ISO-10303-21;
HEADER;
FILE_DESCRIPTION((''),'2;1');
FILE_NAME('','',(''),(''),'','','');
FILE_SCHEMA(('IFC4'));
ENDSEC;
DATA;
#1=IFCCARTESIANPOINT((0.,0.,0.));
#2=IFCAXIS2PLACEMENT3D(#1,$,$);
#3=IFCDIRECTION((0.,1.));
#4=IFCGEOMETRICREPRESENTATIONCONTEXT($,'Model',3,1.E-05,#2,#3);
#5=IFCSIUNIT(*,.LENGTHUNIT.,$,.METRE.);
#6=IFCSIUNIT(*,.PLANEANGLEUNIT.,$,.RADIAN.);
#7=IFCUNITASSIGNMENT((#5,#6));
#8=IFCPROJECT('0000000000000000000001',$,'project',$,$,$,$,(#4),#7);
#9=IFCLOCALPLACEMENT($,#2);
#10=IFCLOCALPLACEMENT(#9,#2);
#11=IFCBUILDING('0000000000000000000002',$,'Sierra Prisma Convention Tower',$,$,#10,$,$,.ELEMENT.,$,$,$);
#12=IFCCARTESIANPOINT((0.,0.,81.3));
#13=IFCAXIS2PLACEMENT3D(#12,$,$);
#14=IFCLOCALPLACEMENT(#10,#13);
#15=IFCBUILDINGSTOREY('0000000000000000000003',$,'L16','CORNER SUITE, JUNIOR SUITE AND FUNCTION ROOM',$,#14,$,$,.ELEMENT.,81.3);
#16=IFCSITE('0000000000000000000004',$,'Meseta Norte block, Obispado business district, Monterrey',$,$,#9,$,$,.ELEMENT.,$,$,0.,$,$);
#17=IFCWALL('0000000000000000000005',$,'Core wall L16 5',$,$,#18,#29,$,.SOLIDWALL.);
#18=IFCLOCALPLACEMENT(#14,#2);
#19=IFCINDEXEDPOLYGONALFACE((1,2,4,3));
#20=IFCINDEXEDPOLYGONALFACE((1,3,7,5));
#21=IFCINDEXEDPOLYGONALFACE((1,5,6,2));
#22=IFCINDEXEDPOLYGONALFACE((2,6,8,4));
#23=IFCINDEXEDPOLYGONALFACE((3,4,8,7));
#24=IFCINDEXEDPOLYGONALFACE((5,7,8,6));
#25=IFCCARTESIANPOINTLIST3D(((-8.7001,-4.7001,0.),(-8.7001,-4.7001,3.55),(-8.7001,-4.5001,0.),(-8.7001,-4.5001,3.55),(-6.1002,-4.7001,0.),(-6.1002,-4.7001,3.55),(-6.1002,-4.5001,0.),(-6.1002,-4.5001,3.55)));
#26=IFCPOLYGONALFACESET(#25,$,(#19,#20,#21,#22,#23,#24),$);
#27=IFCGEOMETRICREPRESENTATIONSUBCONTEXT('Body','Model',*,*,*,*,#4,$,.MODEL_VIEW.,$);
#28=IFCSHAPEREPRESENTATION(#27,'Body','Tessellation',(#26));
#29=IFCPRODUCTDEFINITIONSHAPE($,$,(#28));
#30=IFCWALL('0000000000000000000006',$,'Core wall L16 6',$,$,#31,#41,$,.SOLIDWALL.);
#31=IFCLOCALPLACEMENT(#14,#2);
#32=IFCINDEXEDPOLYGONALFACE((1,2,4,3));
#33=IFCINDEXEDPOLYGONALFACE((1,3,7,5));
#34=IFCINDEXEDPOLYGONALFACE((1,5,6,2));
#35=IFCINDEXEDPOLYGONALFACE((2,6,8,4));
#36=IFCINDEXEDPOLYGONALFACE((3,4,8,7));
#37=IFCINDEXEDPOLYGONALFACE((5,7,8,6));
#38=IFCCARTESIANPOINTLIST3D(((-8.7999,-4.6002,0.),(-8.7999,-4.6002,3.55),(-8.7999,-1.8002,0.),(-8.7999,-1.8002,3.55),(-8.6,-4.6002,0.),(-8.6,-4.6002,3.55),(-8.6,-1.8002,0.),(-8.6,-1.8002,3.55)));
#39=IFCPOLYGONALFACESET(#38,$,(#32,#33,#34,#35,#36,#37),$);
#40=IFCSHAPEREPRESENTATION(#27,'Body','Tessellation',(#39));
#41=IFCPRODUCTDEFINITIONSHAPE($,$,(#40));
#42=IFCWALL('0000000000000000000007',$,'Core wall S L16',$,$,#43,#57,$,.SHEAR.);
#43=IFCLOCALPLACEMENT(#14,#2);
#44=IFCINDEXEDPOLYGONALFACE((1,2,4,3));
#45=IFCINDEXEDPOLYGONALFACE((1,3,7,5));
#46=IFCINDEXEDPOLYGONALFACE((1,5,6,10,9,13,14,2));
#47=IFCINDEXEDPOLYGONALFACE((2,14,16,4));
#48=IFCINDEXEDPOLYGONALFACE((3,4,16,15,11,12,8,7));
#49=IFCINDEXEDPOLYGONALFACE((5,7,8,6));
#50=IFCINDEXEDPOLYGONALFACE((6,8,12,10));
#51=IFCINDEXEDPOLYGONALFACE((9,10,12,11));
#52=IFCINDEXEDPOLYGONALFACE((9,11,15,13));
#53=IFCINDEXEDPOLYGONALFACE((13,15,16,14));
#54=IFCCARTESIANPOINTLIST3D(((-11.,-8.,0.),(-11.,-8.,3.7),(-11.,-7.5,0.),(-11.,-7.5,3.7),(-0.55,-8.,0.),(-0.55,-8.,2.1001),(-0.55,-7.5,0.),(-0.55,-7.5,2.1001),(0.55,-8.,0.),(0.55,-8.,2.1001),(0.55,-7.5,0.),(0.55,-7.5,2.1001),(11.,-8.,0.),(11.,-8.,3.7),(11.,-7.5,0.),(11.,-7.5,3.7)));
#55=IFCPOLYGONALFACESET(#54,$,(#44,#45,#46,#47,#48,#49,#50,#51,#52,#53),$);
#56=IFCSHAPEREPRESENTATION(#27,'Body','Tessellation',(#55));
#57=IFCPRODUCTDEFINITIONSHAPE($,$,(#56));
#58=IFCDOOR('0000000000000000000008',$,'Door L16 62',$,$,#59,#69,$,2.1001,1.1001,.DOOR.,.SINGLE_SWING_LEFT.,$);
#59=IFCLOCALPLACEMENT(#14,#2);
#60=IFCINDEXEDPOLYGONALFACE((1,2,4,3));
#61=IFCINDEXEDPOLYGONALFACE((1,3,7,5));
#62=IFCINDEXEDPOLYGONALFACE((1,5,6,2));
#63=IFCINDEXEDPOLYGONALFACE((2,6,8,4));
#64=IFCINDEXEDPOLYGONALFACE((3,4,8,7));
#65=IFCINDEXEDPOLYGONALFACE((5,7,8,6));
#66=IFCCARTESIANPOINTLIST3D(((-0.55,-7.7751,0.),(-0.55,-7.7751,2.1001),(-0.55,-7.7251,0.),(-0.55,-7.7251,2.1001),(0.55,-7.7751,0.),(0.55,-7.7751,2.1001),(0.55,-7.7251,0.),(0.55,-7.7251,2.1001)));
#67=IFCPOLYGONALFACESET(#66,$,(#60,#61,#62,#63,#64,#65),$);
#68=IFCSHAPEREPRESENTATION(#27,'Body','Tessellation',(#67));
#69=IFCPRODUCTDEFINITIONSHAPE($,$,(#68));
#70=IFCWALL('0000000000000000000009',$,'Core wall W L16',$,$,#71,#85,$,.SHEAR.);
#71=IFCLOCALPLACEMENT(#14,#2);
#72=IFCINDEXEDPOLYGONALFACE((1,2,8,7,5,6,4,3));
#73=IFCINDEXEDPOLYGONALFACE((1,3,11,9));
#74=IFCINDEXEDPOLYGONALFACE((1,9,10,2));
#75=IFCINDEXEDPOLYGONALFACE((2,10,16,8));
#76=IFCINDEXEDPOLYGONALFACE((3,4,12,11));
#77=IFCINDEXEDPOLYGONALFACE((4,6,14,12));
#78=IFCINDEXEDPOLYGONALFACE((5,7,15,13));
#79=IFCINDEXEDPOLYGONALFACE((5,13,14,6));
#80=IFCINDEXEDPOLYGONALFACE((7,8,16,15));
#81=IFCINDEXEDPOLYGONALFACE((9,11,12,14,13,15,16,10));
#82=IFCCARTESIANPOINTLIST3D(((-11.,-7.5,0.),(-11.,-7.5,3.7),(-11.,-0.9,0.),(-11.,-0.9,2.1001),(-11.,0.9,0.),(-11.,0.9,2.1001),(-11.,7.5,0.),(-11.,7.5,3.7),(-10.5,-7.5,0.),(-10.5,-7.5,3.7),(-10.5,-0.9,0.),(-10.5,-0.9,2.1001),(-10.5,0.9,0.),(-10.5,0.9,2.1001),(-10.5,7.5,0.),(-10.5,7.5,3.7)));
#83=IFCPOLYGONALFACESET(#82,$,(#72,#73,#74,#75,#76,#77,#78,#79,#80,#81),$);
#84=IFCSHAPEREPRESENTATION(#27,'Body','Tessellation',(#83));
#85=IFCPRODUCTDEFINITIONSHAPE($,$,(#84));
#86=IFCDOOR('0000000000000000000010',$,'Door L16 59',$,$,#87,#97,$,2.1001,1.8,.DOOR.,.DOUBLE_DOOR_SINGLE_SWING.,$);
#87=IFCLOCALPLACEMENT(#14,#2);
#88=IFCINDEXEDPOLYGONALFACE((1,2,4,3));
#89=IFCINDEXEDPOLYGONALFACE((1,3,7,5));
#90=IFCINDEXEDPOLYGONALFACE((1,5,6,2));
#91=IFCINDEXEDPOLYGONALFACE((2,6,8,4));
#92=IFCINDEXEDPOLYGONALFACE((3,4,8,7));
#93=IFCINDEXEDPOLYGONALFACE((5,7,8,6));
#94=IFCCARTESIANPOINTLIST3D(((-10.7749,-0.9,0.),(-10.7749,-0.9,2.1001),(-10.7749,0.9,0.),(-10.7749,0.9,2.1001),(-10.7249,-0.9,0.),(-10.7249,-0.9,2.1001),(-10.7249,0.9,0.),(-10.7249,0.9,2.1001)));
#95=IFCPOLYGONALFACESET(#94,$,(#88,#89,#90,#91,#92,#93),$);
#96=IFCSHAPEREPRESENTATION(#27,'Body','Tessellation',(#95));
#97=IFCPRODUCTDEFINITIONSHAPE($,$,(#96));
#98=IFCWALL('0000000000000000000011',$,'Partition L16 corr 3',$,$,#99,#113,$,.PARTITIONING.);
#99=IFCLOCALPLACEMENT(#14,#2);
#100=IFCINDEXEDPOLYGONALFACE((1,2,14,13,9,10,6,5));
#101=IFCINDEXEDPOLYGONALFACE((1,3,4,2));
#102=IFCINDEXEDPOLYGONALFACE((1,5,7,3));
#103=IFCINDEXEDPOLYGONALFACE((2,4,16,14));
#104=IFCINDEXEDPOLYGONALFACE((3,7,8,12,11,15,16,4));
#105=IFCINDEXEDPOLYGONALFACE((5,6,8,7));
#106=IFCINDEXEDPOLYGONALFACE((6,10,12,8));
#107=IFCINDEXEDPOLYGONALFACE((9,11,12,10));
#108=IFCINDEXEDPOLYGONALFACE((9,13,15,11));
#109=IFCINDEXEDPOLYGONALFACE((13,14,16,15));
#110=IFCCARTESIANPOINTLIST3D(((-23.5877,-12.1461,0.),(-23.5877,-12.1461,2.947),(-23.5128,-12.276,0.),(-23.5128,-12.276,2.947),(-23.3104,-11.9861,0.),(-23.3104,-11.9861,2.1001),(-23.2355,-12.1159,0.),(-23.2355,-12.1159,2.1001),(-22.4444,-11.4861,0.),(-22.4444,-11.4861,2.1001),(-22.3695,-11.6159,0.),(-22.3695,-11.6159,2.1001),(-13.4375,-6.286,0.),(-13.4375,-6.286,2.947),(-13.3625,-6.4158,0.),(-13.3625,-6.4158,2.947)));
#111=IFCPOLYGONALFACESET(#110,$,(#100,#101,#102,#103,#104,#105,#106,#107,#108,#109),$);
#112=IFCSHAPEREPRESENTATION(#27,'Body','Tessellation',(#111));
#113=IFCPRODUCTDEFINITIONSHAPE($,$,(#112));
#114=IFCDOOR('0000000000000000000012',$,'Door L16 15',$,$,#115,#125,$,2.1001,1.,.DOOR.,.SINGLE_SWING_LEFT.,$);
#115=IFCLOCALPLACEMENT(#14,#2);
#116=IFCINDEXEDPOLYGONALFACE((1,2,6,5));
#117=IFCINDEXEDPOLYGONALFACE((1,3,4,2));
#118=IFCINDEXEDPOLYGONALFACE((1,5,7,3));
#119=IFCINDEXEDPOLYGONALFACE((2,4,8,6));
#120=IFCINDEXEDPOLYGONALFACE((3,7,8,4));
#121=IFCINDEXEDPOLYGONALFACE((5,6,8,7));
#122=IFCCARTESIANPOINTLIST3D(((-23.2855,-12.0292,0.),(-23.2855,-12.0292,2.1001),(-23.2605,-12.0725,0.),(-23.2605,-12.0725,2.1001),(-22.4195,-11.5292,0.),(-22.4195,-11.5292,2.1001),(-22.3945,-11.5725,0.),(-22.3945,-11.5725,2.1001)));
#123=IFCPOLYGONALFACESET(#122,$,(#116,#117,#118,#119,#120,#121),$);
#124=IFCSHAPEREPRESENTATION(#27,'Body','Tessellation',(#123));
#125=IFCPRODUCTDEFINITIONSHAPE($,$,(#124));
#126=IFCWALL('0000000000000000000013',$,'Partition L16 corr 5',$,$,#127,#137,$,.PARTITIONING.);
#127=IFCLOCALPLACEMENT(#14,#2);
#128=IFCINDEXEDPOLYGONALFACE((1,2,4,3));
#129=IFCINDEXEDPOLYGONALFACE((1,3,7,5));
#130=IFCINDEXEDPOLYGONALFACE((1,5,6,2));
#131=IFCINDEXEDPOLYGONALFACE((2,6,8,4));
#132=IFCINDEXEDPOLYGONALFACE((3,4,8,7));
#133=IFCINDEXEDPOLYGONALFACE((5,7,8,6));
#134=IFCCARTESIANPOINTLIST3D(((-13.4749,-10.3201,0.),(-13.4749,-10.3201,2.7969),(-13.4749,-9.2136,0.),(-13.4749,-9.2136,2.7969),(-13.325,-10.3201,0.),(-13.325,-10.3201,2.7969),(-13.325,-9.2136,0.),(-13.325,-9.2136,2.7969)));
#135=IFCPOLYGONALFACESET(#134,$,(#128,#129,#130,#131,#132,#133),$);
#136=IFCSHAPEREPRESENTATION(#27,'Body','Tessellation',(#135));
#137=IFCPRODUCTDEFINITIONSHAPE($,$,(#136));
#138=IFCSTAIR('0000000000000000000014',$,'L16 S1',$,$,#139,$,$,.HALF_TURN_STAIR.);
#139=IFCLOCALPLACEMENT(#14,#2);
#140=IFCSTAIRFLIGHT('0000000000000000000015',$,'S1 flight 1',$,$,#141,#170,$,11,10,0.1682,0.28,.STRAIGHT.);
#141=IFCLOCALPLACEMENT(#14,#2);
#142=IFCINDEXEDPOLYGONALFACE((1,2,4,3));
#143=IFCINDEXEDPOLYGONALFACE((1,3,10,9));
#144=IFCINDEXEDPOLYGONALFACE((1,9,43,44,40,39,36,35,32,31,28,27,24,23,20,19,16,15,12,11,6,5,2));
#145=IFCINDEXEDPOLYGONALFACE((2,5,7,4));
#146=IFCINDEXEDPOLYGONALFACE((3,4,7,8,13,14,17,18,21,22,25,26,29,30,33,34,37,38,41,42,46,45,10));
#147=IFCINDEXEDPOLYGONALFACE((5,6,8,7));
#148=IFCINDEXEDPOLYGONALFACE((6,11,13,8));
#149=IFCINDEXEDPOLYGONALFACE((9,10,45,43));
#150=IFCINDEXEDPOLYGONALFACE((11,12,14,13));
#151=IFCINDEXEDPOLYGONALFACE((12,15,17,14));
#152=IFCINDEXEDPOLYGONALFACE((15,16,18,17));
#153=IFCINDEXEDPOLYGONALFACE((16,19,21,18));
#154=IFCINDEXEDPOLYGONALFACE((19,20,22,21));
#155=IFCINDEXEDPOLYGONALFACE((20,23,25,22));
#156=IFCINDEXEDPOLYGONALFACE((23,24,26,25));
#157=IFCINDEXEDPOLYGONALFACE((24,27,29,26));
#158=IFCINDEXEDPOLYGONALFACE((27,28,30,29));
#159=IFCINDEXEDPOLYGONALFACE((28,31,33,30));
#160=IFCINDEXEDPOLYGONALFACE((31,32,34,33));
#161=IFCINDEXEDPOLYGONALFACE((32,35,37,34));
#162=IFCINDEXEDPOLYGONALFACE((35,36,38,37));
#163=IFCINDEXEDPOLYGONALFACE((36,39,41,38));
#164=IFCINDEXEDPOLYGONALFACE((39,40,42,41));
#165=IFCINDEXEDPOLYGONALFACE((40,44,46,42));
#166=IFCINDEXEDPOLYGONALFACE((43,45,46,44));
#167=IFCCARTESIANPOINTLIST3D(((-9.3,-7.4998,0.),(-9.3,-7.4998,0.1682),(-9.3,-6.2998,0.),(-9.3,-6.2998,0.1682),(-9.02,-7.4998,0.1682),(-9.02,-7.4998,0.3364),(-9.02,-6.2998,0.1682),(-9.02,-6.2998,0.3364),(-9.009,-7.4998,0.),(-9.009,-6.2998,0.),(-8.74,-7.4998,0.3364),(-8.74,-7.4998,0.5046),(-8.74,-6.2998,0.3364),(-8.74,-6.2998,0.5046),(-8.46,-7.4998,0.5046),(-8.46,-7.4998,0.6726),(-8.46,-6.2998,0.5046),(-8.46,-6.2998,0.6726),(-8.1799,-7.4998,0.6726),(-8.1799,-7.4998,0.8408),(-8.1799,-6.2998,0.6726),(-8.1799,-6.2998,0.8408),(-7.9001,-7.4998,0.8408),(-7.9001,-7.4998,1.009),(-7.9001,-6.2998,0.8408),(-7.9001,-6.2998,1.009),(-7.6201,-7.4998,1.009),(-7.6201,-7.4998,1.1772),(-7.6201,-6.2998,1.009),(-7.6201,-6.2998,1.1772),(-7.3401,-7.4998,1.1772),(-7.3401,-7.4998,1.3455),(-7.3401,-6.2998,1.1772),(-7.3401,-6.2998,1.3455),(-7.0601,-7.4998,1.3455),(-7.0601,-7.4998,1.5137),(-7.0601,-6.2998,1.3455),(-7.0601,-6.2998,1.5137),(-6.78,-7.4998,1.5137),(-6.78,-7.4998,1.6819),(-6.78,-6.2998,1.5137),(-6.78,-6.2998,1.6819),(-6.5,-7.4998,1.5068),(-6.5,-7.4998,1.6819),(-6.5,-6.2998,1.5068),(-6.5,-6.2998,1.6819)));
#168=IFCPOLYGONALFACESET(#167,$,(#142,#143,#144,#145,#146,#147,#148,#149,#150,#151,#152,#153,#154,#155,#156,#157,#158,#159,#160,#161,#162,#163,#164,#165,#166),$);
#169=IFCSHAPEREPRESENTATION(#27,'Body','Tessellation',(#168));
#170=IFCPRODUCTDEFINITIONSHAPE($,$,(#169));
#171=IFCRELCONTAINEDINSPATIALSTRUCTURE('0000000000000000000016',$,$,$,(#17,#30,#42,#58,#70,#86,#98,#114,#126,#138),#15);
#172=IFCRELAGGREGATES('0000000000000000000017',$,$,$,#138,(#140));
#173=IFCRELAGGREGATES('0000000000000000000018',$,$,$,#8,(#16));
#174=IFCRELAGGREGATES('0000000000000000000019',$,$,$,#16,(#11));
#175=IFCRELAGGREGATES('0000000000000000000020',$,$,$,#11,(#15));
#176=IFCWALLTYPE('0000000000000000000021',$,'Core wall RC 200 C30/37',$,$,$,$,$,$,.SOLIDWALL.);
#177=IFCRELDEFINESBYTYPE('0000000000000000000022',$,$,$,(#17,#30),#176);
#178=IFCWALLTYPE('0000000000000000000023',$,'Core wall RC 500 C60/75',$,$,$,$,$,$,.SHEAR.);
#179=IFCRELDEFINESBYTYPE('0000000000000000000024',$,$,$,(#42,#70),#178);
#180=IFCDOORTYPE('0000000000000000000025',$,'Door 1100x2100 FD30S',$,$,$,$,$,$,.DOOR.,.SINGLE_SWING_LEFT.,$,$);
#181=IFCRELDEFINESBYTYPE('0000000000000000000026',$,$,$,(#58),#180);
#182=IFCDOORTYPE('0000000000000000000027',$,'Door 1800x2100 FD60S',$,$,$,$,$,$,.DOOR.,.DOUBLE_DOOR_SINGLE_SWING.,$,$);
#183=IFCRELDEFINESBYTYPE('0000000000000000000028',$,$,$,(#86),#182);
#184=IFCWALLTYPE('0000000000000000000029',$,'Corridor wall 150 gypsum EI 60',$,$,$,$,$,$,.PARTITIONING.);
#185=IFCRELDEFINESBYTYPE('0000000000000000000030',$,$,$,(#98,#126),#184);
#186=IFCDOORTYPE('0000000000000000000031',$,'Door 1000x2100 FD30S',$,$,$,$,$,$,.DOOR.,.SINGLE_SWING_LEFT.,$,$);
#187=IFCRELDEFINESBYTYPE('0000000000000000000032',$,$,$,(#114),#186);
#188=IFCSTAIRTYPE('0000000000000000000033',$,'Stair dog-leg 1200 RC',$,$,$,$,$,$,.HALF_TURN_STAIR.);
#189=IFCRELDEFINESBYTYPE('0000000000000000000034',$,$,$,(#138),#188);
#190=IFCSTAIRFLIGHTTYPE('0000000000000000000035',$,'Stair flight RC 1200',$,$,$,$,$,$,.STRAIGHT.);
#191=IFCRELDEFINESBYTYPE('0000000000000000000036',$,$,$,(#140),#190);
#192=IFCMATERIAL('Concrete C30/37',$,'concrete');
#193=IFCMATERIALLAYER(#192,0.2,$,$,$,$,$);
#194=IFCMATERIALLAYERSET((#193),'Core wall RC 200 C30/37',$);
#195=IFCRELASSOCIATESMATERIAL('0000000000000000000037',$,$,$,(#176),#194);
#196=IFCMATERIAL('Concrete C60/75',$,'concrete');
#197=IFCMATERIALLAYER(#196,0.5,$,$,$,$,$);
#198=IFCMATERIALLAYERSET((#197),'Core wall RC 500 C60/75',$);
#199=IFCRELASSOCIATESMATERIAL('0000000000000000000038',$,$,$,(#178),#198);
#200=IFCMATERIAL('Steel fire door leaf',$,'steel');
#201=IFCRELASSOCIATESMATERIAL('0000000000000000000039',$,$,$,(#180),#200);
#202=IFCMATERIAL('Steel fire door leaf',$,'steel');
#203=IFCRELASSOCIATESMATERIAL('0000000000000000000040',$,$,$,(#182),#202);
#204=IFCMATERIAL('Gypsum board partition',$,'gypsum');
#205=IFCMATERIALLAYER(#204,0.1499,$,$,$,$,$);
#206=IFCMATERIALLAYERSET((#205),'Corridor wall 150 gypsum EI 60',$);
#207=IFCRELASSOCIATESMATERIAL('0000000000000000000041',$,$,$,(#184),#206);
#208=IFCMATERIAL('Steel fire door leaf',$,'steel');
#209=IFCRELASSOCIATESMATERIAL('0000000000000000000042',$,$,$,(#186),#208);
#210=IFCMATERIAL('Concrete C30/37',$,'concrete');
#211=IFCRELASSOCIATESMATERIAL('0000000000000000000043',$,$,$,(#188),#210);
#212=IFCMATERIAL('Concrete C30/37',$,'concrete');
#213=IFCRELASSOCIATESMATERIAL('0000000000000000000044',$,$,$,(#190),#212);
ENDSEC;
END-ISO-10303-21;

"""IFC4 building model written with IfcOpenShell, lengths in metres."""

from ifc_helpers import new_model, si_unit, direction, frame, frame_2d, origin, place, context, subcontext, project, spatial, polyline, rectangle, outline, extrude, material, layer, layer_set, type_object, element, fill, aggregate, save


model = new_model("IFC4")

# Units and contexts
model_context = context("Model", 3, precision=1e-05, world=origin(), true_north=direction((0.0, 1.0)))
body_context = subcontext(model_context, "Body", "Model", "MODEL_VIEW")
ifc_project = project(units=[si_unit("LENGTHUNIT", "METRE"), si_unit("PLANEANGLEUNIT", "RADIAN")], contexts=[model_context])

# Site, building, storey
site_placement = place(None, origin())
site = spatial("IfcSite", under=ifc_project, at=site_placement, Name="Meseta Norte block, Obispado business district, Monterrey", CompositionType="ELEMENT", RefElevation=0.0)
building_placement = place(site_placement, origin())
building = spatial("IfcBuilding", under=site, at=building_placement, Name="Sierra Prisma Convention Tower", CompositionType="ELEMENT")
storey_placement = place(building_placement, frame((0.0, 0.0, 81.3)))
storey = spatial("IfcBuildingStorey", under=building, at=storey_placement, Name="L16", Description="CORNER SUITE, JUNIOR SUITE AND FUNCTION ROOM", CompositionType="ELEMENT", Elevation=81.3)

# Shared definitions
ifc_material_1 = material(Name="Concrete C30/37", Category="concrete")
ifc_layer_1 = layer(ifc_material_1, 0.2)
ifc_layer_set_1 = layer_set([ifc_layer_1], Name="Core wall RC 200 C30/37")
wall_type_1 = type_object("IfcWallType", Name="Core wall RC 200 C30/37", PredefinedType="SOLIDWALL", material=ifc_layer_set_1)

# Walls
wall_1_placement = place(storey_placement, frame((-8.7, -4.6001, 0.0), z_axis=(0.0, 0.0, 1.0), x_axis=(1.0, 0.0, 0.0)))
element("IfcWall", 1, at=wall_1_placement, inside=storey, type_object=wall_type_1, Name="Core wall L16 5", PredefinedType="SOLIDWALL", context=body_context, shape_type="SweptSolid", body=[
    extrude(rectangle(XDim=2.5999, YDim=0.2, at=frame_2d((1.2998, 0.0))), origin(), (0.0, 0.0, 1.0), 3.55),
])
wall_2_placement = place(storey_placement, frame((-8.7, -4.6001, 0.0), z_axis=(0.0, 0.0, 1.0), x_axis=(0.0, 1.0, 0.0)))
element("IfcWall", 2, at=wall_2_placement, inside=storey, type_object=wall_type_1, Name="Core wall L16 6", PredefinedType="SOLIDWALL", context=body_context, shape_type="SweptSolid", body=[
    extrude(rectangle(XDim=2.8, YDim=0.2, at=frame_2d((1.3999, 0.0))), origin(), (0.0, 0.0, 1.0), 3.55),
])

# Walls, openings, doors
ifc_material_2 = material(Name="Concrete C60/75", Category="concrete")
ifc_layer_2 = layer(ifc_material_2, 0.5)
ifc_layer_set_2 = layer_set([ifc_layer_2], Name="Core wall RC 500 C60/75")
wall_type_2 = type_object("IfcWallType", Name="Core wall RC 500 C60/75", PredefinedType="SHEAR", material=ifc_layer_set_2)
wall_3_placement = place(storey_placement, frame((-11.0, -7.75, 0.0), z_axis=(0.0, 0.0, 1.0), x_axis=(1.0, 0.0, 0.0)))
wall_3 = element("IfcWall", 3, at=wall_3_placement, inside=storey, type_object=wall_type_2, Name="Core wall S L16", PredefinedType="SHEAR", context=body_context, shape_type="SweptSolid", body=[
    extrude(rectangle(XDim=22.0, YDim=0.5, at=frame_2d((11.0, 0.0))), origin(), (0.0, 0.0, 1.0), 3.7),
])
opening_1_placement = place(wall_3_placement, frame((10.45, 0.0, 0.0)))
opening_1 = element("IfcOpeningElement", 4, at=opening_1_placement, cuts=wall_3, PredefinedType="OPENING", context=body_context, shape_type="SweptSolid", body=[
    extrude(rectangle(XDim=1.1001, YDim=2.1001, at=frame_2d((0.55, 1.05))), frame((0.0, 0.25, 0.0), z_axis=(0.0, -1.0, 0.0), x_axis=(1.0, 0.0, 0.0)), (0.0, 0.0, 1.0), 0.5),
])
ifc_material_3 = material(Name="Steel fire door leaf", Category="steel")
door_type_1 = type_object("IfcDoorType", Name="Door 1100x2100 FD30S", OperationType="SINGLE_SWING_LEFT", PredefinedType="DOOR", material=ifc_material_3)
door_1_placement = place(opening_1_placement, origin())
door_1 = element("IfcDoor", 5, at=door_1_placement, inside=storey, type_object=door_type_1, Name="Door L16 62", OperationType="SINGLE_SWING_LEFT", OverallHeight=2.1001, OverallWidth=1.1001, PredefinedType="DOOR", context=body_context, shape_type="SweptSolid", body=[
    extrude(rectangle(XDim=1.1001, YDim=2.1001, at=frame_2d((0.55, 1.05))), frame((0.0, 0.0249, 0.0), z_axis=(0.0, -1.0, 0.0), x_axis=(1.0, 0.0, 0.0)), (0.0, 0.0, 1.0), 0.05),
])
fill(opening_1, door_1)
wall_4_placement = place(storey_placement, frame((-10.75, -7.5, 0.0), z_axis=(0.0, 0.0, 1.0), x_axis=(0.0, 1.0, 0.0)))
wall_4 = element("IfcWall", 6, at=wall_4_placement, inside=storey, type_object=wall_type_2, Name="Core wall W L16", PredefinedType="SHEAR", context=body_context, shape_type="SweptSolid", body=[
    extrude(rectangle(XDim=15.0, YDim=0.5, at=frame_2d((7.5, 0.0))), origin(), (0.0, 0.0, 1.0), 3.7),
])
opening_2_placement = place(wall_4_placement, frame((6.6001, 0.0, 0.0)))
opening_2 = element("IfcOpeningElement", 7, at=opening_2_placement, cuts=wall_4, PredefinedType="OPENING", context=body_context, shape_type="SweptSolid", body=[
    extrude(rectangle(XDim=1.8, YDim=2.1001, at=frame_2d((0.8999, 1.05))), frame((0.0, 0.25, 0.0), z_axis=(0.0, -1.0, 0.0), x_axis=(1.0, 0.0, 0.0)), (0.0, 0.0, 1.0), 0.5),
])
ifc_material_4 = material(Name="Steel fire door leaf", Category="steel")
door_type_2 = type_object("IfcDoorType", Name="Door 1800x2100 FD60S", OperationType="DOUBLE_DOOR_SINGLE_SWING", PredefinedType="DOOR", material=ifc_material_4)
door_2_placement = place(opening_2_placement, origin())
door_2 = element("IfcDoor", 8, at=door_2_placement, inside=storey, type_object=door_type_2, Name="Door L16 59", OperationType="DOUBLE_DOOR_SINGLE_SWING", OverallHeight=2.1001, OverallWidth=1.8, PredefinedType="DOOR", context=body_context, shape_type="SweptSolid", body=[
    extrude(rectangle(XDim=1.8, YDim=2.1001, at=frame_2d((0.8999, 1.05))), frame((0.0, 0.0249, 0.0), z_axis=(0.0, -1.0, 0.0), x_axis=(1.0, 0.0, 0.0)), (0.0, 0.0, 1.0), 0.05),
])
fill(opening_2, door_2)
ifc_material_5 = material(Name="Gypsum board partition", Category="gypsum")
ifc_layer_3 = layer(ifc_material_5, 0.1499)
ifc_layer_set_3 = layer_set([ifc_layer_3], Name="Corridor wall 150 gypsum EI 60")
wall_type_3 = type_object("IfcWallType", Name="Corridor wall 150 gypsum EI 60", PredefinedType="PARTITIONING", material=ifc_layer_set_3)
wall_5_placement = place(storey_placement, frame((-13.3999, -6.3508, 0.0), z_axis=(0.0, 0.0, 1.0), x_axis=(-0.866028, -0.499995, 0.0)))
wall_5 = element("IfcWall", 9, at=wall_5_placement, inside=storey, type_object=wall_type_3, Name="Partition L16 corr 3", PredefinedType="PARTITIONING", context=body_context, shape_type="SweptSolid", body=[
    extrude(rectangle(XDim=11.7205, YDim=0.1499, at=frame_2d((5.8604, 0.0))), origin(), (0.0, 0.0, 1.0), 2.947),
])
opening_3_placement = place(wall_5_placement, frame((10.4004, 0.0, 0.0)))
opening_3 = element("IfcOpeningElement", 10, at=opening_3_placement, cuts=wall_5, PredefinedType="OPENING", context=body_context, shape_type="SweptSolid", body=[
    extrude(rectangle(XDim=1.0, YDim=2.1001, at=frame_2d((0.5, 1.05))), frame((0.0, 0.075, 0.0), z_axis=(0.0, -1.0, 0.0), x_axis=(1.0, 0.0, 0.0)), (0.0, 0.0, 1.0), 0.1499),
])
ifc_material_6 = material(Name="Steel fire door leaf", Category="steel")
door_type_3 = type_object("IfcDoorType", Name="Door 1000x2100 FD30S", OperationType="SINGLE_SWING_LEFT", PredefinedType="DOOR", material=ifc_material_6)
door_3_placement = place(opening_3_placement, origin())
door_3 = element("IfcDoor", 11, at=door_3_placement, inside=storey, type_object=door_type_3, Name="Door L16 15", OperationType="SINGLE_SWING_LEFT", OverallHeight=2.1001, OverallWidth=1.0, PredefinedType="DOOR", context=body_context, shape_type="SweptSolid", body=[
    extrude(rectangle(XDim=1.0, YDim=2.1001, at=frame_2d((0.5, 1.05))), frame((0.0, 0.0249, 0.0), z_axis=(0.0, -1.0, 0.0), x_axis=(1.0, 0.0, 0.0)), (0.0, 0.0, 1.0), 0.05),
])
fill(opening_3, door_3)

# Wall
wall_6_placement = place(storey_placement, frame((-13.3999, -9.2136, 0.0), z_axis=(0.0, 0.0, 1.0), x_axis=(0.0, -1.0, 0.0)))
element("IfcWall", 12, at=wall_6_placement, inside=storey, type_object=wall_type_3, Name="Partition L16 corr 5", PredefinedType="PARTITIONING", context=body_context, shape_type="SweptSolid", body=[
    extrude(rectangle(XDim=1.1064, YDim=0.1499, at=frame_2d((0.5532, 0.0))), origin(), (0.0, 0.0, 1.0), 2.7969),
])

# Stair, stair flight
ifc_material_7 = material(Name="Concrete C30/37", Category="concrete")
stair_type = type_object("IfcStairType", Name="Stair dog-leg 1200 RC", PredefinedType="HALF_TURN_STAIR", material=ifc_material_7)
stair_placement = place(storey_placement, origin())
stair = element("IfcStair", 13, at=stair_placement, inside=storey, type_object=stair_type, Name="L16 S1", PredefinedType="HALF_TURN_STAIR")
ifc_material_8 = material(Name="Concrete C30/37", Category="concrete")
stair_flight_type = type_object("IfcStairFlightType", Name="Stair flight RC 1200", PredefinedType="STRAIGHT", material=ifc_material_8)
stair_flight_placement = place(storey_placement, frame((-9.3, -6.8999, 0.0), z_axis=(0.0, 0.0, 1.0), x_axis=(1.0, 0.0, 0.0)))
stair_flight = element("IfcStairFlight", 14, at=stair_flight_placement, type_object=stair_flight_type, Name="S1 flight 1", NumberOfRisers=11, NumberOfTreads=10, PredefinedType="STRAIGHT", RiserHeight=0.1682, TreadLength=0.28, context=body_context, shape_type="SweptSolid", body=[
    extrude(outline(polyline([(0.0, 0.0), (0.0, 0.1682), (0.28, 0.1682), (0.28, 0.3364), (0.5601, 0.3364), (0.5601, 0.5046), (0.8401, 0.5046), (0.8401, 0.6726), (1.1201, 0.6726), (1.1201, 0.8408), (1.3999, 0.8408), (1.3999, 1.009), (1.6799, 1.009), (1.6799, 1.1772), (1.96, 1.1772), (1.96, 1.3455), (2.24, 1.3455), (2.24, 1.5137), (2.52, 1.5137), (2.52, 1.6819), (2.8, 1.6819), (2.8, 1.8501), (2.8, 1.5068), (0.291, 0.0), (0.0, 0.0)])), frame((0.0, 0.6001, 0.0), z_axis=(0.0, -1.0, 0.0), x_axis=(1.0, 0.0, 0.0)), (0.0, 0.0, 1.0), 1.2),
])
aggregate(stair, [stair_flight])

save(model, "model.ifc")
